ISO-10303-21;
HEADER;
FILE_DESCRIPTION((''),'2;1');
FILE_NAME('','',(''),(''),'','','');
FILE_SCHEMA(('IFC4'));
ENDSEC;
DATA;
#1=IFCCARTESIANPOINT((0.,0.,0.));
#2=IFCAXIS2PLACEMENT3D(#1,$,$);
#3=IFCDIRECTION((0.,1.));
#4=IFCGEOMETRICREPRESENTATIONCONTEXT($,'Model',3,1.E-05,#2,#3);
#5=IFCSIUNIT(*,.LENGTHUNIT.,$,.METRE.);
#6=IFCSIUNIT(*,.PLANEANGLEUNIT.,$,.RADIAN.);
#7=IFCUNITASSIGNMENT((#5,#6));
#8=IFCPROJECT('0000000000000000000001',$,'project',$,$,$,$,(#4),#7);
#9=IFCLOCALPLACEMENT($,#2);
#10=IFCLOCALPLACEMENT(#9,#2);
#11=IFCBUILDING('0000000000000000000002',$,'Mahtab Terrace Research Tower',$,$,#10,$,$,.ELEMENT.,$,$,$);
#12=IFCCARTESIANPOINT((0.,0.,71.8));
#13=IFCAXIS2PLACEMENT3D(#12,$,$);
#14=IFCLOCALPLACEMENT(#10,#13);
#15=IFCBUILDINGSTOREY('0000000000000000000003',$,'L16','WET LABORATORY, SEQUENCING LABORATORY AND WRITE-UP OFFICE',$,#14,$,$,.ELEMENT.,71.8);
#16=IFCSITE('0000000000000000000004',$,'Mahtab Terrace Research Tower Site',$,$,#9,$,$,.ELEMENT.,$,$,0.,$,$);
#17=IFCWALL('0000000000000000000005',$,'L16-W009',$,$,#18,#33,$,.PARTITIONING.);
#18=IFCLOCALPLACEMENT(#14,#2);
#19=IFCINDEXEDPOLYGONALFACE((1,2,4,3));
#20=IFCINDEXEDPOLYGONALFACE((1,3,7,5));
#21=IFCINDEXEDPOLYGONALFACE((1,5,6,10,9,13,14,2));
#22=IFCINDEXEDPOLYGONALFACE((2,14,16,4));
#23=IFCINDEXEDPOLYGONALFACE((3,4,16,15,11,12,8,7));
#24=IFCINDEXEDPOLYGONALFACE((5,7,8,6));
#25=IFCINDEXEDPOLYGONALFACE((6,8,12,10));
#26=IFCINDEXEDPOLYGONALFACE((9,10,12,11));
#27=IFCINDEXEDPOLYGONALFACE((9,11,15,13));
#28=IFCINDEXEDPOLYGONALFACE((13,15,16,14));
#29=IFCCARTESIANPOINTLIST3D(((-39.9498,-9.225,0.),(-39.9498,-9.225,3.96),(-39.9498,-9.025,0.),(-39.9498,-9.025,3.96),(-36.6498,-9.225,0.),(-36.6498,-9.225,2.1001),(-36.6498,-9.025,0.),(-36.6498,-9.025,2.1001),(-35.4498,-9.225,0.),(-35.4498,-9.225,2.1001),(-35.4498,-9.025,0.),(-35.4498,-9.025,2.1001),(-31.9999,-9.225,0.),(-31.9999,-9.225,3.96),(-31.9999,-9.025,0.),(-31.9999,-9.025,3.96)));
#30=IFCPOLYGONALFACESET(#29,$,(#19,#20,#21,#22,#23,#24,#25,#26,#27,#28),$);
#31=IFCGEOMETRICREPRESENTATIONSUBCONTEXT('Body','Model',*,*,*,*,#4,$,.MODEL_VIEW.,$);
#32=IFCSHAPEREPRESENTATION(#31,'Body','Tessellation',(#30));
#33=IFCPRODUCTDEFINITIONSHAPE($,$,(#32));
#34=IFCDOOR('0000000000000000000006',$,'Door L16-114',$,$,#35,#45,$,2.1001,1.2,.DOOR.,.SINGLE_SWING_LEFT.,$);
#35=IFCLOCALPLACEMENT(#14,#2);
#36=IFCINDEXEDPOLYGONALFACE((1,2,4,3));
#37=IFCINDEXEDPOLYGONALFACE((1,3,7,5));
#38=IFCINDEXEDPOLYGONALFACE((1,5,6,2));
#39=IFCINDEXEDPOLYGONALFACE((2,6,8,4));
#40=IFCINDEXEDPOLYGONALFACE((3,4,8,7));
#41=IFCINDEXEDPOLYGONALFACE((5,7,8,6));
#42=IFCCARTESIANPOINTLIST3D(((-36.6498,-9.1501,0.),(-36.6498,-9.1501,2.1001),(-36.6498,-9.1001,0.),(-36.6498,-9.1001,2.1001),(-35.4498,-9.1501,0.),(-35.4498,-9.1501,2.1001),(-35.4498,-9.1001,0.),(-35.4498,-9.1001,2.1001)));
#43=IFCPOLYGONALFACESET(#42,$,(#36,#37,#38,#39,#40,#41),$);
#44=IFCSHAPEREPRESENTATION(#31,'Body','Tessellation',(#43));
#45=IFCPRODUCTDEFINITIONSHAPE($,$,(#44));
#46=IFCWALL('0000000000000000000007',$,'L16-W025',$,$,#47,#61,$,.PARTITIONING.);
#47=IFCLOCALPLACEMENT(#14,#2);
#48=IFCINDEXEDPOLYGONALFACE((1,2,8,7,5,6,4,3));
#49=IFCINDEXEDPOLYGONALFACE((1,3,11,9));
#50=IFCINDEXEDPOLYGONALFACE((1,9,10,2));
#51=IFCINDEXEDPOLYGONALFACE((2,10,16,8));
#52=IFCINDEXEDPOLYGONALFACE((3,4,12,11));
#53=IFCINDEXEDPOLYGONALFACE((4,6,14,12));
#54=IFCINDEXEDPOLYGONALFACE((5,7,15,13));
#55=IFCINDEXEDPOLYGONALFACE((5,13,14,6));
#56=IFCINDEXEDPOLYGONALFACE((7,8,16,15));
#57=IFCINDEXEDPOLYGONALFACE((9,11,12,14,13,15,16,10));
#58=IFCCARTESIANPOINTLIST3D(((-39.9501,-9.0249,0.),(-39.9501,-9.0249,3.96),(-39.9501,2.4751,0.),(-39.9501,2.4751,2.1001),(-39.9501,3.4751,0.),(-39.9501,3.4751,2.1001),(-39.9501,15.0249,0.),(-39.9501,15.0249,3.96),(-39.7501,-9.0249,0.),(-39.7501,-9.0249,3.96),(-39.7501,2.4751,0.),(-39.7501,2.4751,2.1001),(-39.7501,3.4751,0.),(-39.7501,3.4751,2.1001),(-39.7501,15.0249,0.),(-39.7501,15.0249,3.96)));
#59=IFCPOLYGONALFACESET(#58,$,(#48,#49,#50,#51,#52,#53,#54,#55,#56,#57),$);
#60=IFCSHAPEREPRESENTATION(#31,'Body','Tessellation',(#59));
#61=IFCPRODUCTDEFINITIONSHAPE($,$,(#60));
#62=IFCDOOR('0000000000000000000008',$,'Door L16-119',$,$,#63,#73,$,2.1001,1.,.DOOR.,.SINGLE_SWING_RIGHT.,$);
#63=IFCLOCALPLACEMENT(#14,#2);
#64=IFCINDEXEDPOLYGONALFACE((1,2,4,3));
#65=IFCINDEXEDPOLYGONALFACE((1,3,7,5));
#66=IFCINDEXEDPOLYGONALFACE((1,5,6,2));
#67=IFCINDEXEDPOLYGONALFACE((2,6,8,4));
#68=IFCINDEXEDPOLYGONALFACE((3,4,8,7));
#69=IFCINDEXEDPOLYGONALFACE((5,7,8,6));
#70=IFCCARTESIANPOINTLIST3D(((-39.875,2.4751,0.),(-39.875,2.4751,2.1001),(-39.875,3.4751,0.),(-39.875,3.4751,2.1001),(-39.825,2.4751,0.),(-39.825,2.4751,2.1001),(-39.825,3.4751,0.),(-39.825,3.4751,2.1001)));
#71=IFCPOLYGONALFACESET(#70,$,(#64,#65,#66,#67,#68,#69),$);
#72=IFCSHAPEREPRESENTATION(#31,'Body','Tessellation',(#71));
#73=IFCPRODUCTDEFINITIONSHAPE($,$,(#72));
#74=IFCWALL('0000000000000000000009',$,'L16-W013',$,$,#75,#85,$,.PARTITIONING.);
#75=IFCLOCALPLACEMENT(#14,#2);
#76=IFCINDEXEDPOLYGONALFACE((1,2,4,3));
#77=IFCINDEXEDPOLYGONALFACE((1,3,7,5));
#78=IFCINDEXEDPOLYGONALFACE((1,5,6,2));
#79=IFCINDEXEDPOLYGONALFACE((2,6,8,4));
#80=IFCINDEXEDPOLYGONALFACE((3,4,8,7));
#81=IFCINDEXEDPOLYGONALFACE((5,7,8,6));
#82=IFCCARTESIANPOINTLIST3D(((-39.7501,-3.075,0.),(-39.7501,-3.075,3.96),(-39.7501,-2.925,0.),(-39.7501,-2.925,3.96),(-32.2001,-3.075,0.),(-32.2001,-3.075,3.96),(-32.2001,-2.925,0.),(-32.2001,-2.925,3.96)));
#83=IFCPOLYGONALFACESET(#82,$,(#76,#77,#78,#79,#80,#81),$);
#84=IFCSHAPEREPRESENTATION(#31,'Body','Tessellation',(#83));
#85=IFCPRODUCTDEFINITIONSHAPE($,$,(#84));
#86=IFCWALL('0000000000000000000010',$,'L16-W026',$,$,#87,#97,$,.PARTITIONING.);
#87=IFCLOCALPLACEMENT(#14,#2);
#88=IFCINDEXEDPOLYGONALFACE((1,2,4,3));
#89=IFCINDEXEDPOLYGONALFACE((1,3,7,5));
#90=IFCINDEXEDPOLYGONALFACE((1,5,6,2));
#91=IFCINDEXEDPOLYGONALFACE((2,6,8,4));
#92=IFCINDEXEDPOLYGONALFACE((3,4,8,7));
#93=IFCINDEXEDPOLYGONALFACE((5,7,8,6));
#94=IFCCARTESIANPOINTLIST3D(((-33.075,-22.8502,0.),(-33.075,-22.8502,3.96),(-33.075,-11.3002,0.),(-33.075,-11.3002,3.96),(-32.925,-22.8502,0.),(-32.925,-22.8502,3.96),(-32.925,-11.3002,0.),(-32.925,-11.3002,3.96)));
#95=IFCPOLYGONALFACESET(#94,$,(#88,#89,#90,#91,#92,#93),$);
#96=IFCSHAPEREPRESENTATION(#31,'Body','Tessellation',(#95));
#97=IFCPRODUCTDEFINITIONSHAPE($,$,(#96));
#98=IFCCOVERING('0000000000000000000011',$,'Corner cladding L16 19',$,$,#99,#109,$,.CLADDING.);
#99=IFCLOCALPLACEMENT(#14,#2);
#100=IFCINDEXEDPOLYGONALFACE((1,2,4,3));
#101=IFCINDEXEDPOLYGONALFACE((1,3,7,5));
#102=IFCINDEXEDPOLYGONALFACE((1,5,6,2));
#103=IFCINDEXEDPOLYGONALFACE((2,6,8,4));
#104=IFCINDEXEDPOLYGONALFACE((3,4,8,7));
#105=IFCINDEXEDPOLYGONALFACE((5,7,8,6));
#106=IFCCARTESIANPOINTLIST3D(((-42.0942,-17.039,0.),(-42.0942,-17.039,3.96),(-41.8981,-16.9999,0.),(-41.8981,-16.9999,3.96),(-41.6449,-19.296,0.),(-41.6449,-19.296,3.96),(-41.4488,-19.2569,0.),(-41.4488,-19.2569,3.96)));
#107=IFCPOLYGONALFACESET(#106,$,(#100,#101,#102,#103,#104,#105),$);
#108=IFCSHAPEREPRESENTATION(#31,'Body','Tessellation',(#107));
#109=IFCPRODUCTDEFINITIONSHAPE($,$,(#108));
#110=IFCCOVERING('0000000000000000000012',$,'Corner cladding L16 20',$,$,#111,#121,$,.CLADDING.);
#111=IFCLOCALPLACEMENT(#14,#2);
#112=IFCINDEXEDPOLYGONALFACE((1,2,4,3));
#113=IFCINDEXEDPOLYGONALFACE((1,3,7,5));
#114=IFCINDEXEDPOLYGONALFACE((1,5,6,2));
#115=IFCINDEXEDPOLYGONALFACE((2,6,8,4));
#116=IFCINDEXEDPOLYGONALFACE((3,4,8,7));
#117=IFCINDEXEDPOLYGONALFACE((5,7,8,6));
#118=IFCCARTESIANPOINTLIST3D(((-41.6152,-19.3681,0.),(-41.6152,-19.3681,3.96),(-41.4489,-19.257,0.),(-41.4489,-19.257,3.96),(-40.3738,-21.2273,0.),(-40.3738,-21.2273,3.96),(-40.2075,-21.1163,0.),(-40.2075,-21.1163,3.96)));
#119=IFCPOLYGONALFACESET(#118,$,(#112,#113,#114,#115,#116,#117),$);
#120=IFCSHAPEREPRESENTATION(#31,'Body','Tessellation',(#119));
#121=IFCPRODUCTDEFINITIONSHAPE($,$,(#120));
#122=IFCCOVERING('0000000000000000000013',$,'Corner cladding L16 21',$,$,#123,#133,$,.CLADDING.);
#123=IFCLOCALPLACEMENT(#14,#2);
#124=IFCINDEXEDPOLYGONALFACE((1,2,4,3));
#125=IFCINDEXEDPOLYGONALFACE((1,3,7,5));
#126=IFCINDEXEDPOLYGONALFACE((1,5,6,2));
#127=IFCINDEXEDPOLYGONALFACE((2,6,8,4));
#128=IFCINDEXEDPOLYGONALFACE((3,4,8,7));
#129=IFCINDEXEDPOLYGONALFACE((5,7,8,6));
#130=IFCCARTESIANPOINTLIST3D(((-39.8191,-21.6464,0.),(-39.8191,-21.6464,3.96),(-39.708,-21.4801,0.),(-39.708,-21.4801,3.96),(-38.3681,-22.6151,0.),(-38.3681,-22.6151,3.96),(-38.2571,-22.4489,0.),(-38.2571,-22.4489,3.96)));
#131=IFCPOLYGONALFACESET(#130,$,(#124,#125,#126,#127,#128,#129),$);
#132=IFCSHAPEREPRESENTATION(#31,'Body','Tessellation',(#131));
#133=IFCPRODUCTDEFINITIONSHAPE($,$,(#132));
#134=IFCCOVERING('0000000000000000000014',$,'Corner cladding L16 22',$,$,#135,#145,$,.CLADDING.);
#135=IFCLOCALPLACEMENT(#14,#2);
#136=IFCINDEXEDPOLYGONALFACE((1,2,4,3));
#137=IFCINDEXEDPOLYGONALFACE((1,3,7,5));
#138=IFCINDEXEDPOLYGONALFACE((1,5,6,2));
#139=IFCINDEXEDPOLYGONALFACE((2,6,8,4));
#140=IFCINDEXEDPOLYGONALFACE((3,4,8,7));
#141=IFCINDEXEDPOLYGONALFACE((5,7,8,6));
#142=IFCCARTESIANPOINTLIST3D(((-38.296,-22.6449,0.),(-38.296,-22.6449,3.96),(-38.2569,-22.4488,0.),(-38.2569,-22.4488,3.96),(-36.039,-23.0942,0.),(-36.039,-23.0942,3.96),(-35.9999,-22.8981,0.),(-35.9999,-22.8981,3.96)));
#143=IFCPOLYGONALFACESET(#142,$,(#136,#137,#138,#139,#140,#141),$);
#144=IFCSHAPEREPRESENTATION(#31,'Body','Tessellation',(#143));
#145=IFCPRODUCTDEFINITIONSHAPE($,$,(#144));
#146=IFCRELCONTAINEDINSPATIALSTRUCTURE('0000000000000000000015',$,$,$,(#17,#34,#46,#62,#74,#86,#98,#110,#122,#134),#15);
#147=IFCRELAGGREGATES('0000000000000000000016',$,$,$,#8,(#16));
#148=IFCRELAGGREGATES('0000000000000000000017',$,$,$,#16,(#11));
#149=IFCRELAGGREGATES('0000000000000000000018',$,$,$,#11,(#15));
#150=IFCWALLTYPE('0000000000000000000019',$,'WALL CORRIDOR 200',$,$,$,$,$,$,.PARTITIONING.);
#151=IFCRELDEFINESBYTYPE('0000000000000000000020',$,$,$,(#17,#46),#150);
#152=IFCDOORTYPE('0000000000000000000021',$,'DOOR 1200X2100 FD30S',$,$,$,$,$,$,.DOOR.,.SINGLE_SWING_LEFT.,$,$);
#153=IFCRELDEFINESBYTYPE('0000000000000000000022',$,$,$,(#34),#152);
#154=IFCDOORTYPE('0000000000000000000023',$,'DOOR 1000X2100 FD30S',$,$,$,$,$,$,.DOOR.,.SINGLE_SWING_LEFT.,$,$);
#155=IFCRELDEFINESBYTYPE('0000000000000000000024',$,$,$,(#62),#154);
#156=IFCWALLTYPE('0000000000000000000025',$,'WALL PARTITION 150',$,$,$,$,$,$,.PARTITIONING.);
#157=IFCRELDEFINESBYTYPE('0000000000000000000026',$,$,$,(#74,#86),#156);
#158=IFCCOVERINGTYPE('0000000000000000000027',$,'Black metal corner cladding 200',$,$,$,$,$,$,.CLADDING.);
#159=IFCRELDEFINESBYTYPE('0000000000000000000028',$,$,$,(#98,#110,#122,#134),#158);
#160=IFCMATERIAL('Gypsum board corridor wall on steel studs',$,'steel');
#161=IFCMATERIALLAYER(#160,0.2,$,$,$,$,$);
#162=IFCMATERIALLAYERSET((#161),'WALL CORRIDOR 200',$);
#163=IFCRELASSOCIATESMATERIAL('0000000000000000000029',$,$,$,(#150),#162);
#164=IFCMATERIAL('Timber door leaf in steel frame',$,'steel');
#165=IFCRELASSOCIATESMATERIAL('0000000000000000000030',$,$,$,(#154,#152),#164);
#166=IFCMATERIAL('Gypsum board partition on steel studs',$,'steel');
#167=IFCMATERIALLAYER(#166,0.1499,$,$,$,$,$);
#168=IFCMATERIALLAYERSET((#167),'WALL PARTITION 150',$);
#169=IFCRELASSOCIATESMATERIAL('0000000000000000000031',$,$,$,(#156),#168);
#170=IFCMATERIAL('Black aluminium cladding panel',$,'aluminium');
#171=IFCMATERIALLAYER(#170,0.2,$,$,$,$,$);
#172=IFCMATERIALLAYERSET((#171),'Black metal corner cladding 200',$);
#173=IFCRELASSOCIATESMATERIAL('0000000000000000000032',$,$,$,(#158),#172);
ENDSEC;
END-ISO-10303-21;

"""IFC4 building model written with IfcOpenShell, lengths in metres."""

from ifc_helpers import new_model, si_unit, direction, frame, frame_2d, origin, origin_2d, place, context, subcontext, project, spatial, rectangle, extrude, material, layer, layer_set, type_object, element, fill, save


model = new_model("IFC4")

# Units and contexts
model_context = context("Model", 3, precision=1e-05, world=origin(), true_north=direction((0.0, 1.0)))
body_context = subcontext(model_context, "Body", "Model", "MODEL_VIEW")
ifc_project = project(units=[si_unit("LENGTHUNIT", "METRE"), si_unit("PLANEANGLEUNIT", "RADIAN")], contexts=[model_context])

# Site, building, storey
site_placement = place(None, origin())
site = spatial("IfcSite", under=ifc_project, at=site_placement, Name="Mahtab Terrace Research Tower Site", CompositionType="ELEMENT", RefElevation=0.0)
building_placement = place(site_placement, origin())
building = spatial("IfcBuilding", under=site, at=building_placement, Name="Mahtab Terrace Research Tower", CompositionType="ELEMENT")
storey_placement = place(building_placement, frame((0.0, 0.0, 71.8)))
storey = spatial("IfcBuildingStorey", under=building, at=storey_placement, Name="L16", Description="WET LABORATORY, SEQUENCING LABORATORY AND WRITE-UP OFFICE", CompositionType="ELEMENT", Elevation=71.8)

# Shared definitions
ifc_material_1 = material(Name="Black aluminium cladding panel", Category="aluminium")

# Shared definitions
ifc_material_2 = material(Name="Gypsum board corridor wall on steel studs", Category="steel")
ifc_layer_1 = layer(ifc_material_2, 0.2)
ifc_layer_set_1 = layer_set([ifc_layer_1], Name="WALL CORRIDOR 200")
wall_type_1 = type_object("IfcWallType", Name="WALL CORRIDOR 200", PredefinedType="PARTITIONING", material=ifc_layer_set_1)
ifc_material_3 = material(Name="Timber door leaf in steel frame", Category="steel")
door_type_1 = type_object("IfcDoorType", Name="DOOR 1000X2100 FD30S", OperationType="SINGLE_SWING_LEFT", PredefinedType="DOOR", material=ifc_material_3)
door_type_2 = type_object("IfcDoorType", Name="DOOR 1200X2100 FD30S", OperationType="SINGLE_SWING_LEFT", PredefinedType="DOOR", material=ifc_material_3)

# Walls, openings, doors
wall_1_placement = place(storey_placement, frame((-39.95, -9.125, 0.0), z_axis=(0.0, 0.0, 1.0), x_axis=(1.0, 0.0, 0.0)))
wall_1 = element("IfcWall", 1, at=wall_1_placement, inside=storey, type_object=wall_type_1, Name="L16-W009", PredefinedType="PARTITIONING", context=body_context, shape_type="SweptSolid", body=[
    extrude(rectangle(XDim=7.95, YDim=0.2, at=frame_2d((3.9751, 0.0))), origin(), (0.0, 0.0, 1.0), 3.96),
])
opening_1_placement = place(wall_1_placement, frame((3.3, 0.0, 0.0)))
opening_1 = element("IfcOpeningElement", 2, at=opening_1_placement, cuts=wall_1, PredefinedType="OPENING", context=body_context, shape_type="SweptSolid", body=[
    extrude(rectangle(XDim=1.2, YDim=2.1001, at=frame_2d((0.6001, 1.05))), frame((0.0, 0.1099, 0.0), z_axis=(0.0, -1.0, 0.0), x_axis=(1.0, 0.0, 0.0)), (0.0, 0.0, 1.0), 0.22),
])
door_1_placement = place(opening_1_placement, origin())
door_1 = element("IfcDoor", 3, at=door_1_placement, inside=storey, type_object=door_type_2, Name="Door L16-114", OperationType="SINGLE_SWING_LEFT", OverallHeight=2.1001, OverallWidth=1.2, PredefinedType="DOOR", context=body_context, shape_type="SweptSolid", body=[
    extrude(rectangle(XDim=1.2, YDim=2.1001, at=frame_2d((0.6001, 1.05))), frame((0.0, 0.0249, 0.0), z_axis=(0.0, -1.0, 0.0), x_axis=(1.0, 0.0, 0.0)), (0.0, 0.0, 1.0), 0.05),
])
fill(opening_1, door_1)
wall_2_placement = place(storey_placement, frame((-39.8501, -9.0249, 0.0), z_axis=(0.0, 0.0, 1.0), x_axis=(0.0, 1.0, 0.0)))
wall_2 = element("IfcWall", 4, at=wall_2_placement, inside=storey, type_object=wall_type_1, Name="L16-W025", PredefinedType="PARTITIONING", context=body_context, shape_type="SweptSolid", body=[
    extrude(rectangle(XDim=24.0498, YDim=0.2, at=frame_2d((12.0249, 0.0))), origin(), (0.0, 0.0, 1.0), 3.96),
])
opening_2_placement = place(wall_2_placement, frame((11.5, 0.0, 0.0)))
opening_2 = element("IfcOpeningElement", 5, at=opening_2_placement, cuts=wall_2, PredefinedType="OPENING", context=body_context, shape_type="SweptSolid", body=[
    extrude(rectangle(XDim=1.0, YDim=2.1001, at=frame_2d((0.5, 1.05))), frame((0.0, 0.1099, 0.0), z_axis=(0.0, -1.0, 0.0), x_axis=(1.0, 0.0, 0.0)), (0.0, 0.0, 1.0), 0.22),
])
door_2_placement = place(opening_2_placement, origin())
door_2 = element("IfcDoor", 6, at=door_2_placement, inside=storey, type_object=door_type_1, Name="Door L16-119", OperationType="SINGLE_SWING_RIGHT", OverallHeight=2.1001, OverallWidth=1.0, PredefinedType="DOOR", context=body_context, shape_type="SweptSolid", body=[
    extrude(rectangle(XDim=1.0, YDim=2.1001, at=frame_2d((0.5, 1.05))), frame((0.0, 0.0249, 0.0), z_axis=(0.0, -1.0, 0.0), x_axis=(1.0, 0.0, 0.0)), (0.0, 0.0, 1.0), 0.05),
])
fill(opening_2, door_2)

# Walls
ifc_material_4 = material(Name="Gypsum board partition on steel studs", Category="steel")
ifc_layer_2 = layer(ifc_material_4, 0.1499)
ifc_layer_set_2 = layer_set([ifc_layer_2], Name="WALL PARTITION 150")
wall_type_2 = type_object("IfcWallType", Name="WALL PARTITION 150", PredefinedType="PARTITIONING", material=ifc_layer_set_2)
wall_3_placement = place(storey_placement, frame((-39.75, -3.0, 0.0), z_axis=(0.0, 0.0, 1.0), x_axis=(1.0, 0.0, 0.0)))
element("IfcWall", 7, at=wall_3_placement, inside=storey, type_object=wall_type_2, Name="L16-W013", PredefinedType="PARTITIONING", context=body_context, shape_type="SweptSolid", body=[
    extrude(rectangle(XDim=7.55, YDim=0.1499, at=frame_2d((3.7749, 0.0))), origin(), (0.0, 0.0, 1.0), 3.96),
])
wall_4_placement = place(storey_placement, frame((-33.0, -22.8501, 0.0), z_axis=(0.0, 0.0, 1.0), x_axis=(0.0, 1.0, 0.0)))
element("IfcWall", 8, at=wall_4_placement, inside=storey, type_object=wall_type_2, Name="L16-W026", PredefinedType="PARTITIONING", context=body_context, shape_type="SweptSolid", body=[
    extrude(rectangle(XDim=11.55, YDim=0.1499, at=frame_2d((5.7749, 0.0))), origin(), (0.0, 0.0, 1.0), 3.96),
])

# Coverings
ifc_layer_3 = layer(ifc_material_1, 0.2)
ifc_layer_set_3 = layer_set([ifc_layer_3], Name="Black metal corner cladding 200")
covering_type = type_object("IfcCoveringType", Name="Black metal corner cladding 200", PredefinedType="CLADDING", material=ifc_layer_set_3)
covering_1_placement = place(storey_placement, frame((-41.7715, -18.1479, 0.0), z_axis=(0.0, 0.0, 1.0), x_axis=(0.195212, -0.980761, 0.0)))
element("IfcCovering", 9, at=covering_1_placement, inside=storey, type_object=covering_type, Name="Corner cladding L16 19", PredefinedType="CLADDING", context=body_context, shape_type="SweptSolid", body=[
    extrude(rectangle(XDim=2.3013, YDim=0.2, at=origin_2d()), origin(), (0.0, 0.0, 1.0), 3.96),
])
covering_2_placement = place(storey_placement, frame((-40.9114, -20.2422, 0.0), z_axis=(0.0, 0.0, 1.0), x_axis=(0.555291, -0.831656, 0.0)))
element("IfcCovering", 10, at=covering_2_placement, inside=storey, type_object=covering_type, Name="Corner cladding L16 20", PredefinedType="CLADDING", context=body_context, shape_type="SweptSolid", body=[
    extrude(rectangle(XDim=2.2356, YDim=0.2, at=origin_2d()), origin(), (0.0, 0.0, 1.0), 3.96),
])
covering_3_placement = place(storey_placement, frame((-39.0381, -22.0476, 0.0), z_axis=(0.0, 0.0, 1.0), x_axis=(0.831656, -0.555291, 0.0)))
element("IfcCovering", 11, at=covering_3_placement, inside=storey, type_object=covering_type, Name="Corner cladding L16 21", PredefinedType="CLADDING", context=body_context, shape_type="SweptSolid", body=[
    extrude(rectangle(XDim=1.7446, YDim=0.2, at=origin_2d()), origin(), (0.0, 0.0, 1.0), 3.96),
])
covering_4_placement = place(storey_placement, frame((-37.1479, -22.7715, 0.0), z_axis=(0.0, 0.0, 1.0), x_axis=(0.980761, -0.195212, 0.0)))
element("IfcCovering", 12, at=covering_4_placement, inside=storey, type_object=covering_type, Name="Corner cladding L16 22", PredefinedType="CLADDING", context=body_context, shape_type="SweptSolid", body=[
    extrude(rectangle(XDim=2.3013, YDim=0.2, at=origin_2d()), origin(), (0.0, 0.0, 1.0), 3.96),
])

save(model, "model.ifc")
